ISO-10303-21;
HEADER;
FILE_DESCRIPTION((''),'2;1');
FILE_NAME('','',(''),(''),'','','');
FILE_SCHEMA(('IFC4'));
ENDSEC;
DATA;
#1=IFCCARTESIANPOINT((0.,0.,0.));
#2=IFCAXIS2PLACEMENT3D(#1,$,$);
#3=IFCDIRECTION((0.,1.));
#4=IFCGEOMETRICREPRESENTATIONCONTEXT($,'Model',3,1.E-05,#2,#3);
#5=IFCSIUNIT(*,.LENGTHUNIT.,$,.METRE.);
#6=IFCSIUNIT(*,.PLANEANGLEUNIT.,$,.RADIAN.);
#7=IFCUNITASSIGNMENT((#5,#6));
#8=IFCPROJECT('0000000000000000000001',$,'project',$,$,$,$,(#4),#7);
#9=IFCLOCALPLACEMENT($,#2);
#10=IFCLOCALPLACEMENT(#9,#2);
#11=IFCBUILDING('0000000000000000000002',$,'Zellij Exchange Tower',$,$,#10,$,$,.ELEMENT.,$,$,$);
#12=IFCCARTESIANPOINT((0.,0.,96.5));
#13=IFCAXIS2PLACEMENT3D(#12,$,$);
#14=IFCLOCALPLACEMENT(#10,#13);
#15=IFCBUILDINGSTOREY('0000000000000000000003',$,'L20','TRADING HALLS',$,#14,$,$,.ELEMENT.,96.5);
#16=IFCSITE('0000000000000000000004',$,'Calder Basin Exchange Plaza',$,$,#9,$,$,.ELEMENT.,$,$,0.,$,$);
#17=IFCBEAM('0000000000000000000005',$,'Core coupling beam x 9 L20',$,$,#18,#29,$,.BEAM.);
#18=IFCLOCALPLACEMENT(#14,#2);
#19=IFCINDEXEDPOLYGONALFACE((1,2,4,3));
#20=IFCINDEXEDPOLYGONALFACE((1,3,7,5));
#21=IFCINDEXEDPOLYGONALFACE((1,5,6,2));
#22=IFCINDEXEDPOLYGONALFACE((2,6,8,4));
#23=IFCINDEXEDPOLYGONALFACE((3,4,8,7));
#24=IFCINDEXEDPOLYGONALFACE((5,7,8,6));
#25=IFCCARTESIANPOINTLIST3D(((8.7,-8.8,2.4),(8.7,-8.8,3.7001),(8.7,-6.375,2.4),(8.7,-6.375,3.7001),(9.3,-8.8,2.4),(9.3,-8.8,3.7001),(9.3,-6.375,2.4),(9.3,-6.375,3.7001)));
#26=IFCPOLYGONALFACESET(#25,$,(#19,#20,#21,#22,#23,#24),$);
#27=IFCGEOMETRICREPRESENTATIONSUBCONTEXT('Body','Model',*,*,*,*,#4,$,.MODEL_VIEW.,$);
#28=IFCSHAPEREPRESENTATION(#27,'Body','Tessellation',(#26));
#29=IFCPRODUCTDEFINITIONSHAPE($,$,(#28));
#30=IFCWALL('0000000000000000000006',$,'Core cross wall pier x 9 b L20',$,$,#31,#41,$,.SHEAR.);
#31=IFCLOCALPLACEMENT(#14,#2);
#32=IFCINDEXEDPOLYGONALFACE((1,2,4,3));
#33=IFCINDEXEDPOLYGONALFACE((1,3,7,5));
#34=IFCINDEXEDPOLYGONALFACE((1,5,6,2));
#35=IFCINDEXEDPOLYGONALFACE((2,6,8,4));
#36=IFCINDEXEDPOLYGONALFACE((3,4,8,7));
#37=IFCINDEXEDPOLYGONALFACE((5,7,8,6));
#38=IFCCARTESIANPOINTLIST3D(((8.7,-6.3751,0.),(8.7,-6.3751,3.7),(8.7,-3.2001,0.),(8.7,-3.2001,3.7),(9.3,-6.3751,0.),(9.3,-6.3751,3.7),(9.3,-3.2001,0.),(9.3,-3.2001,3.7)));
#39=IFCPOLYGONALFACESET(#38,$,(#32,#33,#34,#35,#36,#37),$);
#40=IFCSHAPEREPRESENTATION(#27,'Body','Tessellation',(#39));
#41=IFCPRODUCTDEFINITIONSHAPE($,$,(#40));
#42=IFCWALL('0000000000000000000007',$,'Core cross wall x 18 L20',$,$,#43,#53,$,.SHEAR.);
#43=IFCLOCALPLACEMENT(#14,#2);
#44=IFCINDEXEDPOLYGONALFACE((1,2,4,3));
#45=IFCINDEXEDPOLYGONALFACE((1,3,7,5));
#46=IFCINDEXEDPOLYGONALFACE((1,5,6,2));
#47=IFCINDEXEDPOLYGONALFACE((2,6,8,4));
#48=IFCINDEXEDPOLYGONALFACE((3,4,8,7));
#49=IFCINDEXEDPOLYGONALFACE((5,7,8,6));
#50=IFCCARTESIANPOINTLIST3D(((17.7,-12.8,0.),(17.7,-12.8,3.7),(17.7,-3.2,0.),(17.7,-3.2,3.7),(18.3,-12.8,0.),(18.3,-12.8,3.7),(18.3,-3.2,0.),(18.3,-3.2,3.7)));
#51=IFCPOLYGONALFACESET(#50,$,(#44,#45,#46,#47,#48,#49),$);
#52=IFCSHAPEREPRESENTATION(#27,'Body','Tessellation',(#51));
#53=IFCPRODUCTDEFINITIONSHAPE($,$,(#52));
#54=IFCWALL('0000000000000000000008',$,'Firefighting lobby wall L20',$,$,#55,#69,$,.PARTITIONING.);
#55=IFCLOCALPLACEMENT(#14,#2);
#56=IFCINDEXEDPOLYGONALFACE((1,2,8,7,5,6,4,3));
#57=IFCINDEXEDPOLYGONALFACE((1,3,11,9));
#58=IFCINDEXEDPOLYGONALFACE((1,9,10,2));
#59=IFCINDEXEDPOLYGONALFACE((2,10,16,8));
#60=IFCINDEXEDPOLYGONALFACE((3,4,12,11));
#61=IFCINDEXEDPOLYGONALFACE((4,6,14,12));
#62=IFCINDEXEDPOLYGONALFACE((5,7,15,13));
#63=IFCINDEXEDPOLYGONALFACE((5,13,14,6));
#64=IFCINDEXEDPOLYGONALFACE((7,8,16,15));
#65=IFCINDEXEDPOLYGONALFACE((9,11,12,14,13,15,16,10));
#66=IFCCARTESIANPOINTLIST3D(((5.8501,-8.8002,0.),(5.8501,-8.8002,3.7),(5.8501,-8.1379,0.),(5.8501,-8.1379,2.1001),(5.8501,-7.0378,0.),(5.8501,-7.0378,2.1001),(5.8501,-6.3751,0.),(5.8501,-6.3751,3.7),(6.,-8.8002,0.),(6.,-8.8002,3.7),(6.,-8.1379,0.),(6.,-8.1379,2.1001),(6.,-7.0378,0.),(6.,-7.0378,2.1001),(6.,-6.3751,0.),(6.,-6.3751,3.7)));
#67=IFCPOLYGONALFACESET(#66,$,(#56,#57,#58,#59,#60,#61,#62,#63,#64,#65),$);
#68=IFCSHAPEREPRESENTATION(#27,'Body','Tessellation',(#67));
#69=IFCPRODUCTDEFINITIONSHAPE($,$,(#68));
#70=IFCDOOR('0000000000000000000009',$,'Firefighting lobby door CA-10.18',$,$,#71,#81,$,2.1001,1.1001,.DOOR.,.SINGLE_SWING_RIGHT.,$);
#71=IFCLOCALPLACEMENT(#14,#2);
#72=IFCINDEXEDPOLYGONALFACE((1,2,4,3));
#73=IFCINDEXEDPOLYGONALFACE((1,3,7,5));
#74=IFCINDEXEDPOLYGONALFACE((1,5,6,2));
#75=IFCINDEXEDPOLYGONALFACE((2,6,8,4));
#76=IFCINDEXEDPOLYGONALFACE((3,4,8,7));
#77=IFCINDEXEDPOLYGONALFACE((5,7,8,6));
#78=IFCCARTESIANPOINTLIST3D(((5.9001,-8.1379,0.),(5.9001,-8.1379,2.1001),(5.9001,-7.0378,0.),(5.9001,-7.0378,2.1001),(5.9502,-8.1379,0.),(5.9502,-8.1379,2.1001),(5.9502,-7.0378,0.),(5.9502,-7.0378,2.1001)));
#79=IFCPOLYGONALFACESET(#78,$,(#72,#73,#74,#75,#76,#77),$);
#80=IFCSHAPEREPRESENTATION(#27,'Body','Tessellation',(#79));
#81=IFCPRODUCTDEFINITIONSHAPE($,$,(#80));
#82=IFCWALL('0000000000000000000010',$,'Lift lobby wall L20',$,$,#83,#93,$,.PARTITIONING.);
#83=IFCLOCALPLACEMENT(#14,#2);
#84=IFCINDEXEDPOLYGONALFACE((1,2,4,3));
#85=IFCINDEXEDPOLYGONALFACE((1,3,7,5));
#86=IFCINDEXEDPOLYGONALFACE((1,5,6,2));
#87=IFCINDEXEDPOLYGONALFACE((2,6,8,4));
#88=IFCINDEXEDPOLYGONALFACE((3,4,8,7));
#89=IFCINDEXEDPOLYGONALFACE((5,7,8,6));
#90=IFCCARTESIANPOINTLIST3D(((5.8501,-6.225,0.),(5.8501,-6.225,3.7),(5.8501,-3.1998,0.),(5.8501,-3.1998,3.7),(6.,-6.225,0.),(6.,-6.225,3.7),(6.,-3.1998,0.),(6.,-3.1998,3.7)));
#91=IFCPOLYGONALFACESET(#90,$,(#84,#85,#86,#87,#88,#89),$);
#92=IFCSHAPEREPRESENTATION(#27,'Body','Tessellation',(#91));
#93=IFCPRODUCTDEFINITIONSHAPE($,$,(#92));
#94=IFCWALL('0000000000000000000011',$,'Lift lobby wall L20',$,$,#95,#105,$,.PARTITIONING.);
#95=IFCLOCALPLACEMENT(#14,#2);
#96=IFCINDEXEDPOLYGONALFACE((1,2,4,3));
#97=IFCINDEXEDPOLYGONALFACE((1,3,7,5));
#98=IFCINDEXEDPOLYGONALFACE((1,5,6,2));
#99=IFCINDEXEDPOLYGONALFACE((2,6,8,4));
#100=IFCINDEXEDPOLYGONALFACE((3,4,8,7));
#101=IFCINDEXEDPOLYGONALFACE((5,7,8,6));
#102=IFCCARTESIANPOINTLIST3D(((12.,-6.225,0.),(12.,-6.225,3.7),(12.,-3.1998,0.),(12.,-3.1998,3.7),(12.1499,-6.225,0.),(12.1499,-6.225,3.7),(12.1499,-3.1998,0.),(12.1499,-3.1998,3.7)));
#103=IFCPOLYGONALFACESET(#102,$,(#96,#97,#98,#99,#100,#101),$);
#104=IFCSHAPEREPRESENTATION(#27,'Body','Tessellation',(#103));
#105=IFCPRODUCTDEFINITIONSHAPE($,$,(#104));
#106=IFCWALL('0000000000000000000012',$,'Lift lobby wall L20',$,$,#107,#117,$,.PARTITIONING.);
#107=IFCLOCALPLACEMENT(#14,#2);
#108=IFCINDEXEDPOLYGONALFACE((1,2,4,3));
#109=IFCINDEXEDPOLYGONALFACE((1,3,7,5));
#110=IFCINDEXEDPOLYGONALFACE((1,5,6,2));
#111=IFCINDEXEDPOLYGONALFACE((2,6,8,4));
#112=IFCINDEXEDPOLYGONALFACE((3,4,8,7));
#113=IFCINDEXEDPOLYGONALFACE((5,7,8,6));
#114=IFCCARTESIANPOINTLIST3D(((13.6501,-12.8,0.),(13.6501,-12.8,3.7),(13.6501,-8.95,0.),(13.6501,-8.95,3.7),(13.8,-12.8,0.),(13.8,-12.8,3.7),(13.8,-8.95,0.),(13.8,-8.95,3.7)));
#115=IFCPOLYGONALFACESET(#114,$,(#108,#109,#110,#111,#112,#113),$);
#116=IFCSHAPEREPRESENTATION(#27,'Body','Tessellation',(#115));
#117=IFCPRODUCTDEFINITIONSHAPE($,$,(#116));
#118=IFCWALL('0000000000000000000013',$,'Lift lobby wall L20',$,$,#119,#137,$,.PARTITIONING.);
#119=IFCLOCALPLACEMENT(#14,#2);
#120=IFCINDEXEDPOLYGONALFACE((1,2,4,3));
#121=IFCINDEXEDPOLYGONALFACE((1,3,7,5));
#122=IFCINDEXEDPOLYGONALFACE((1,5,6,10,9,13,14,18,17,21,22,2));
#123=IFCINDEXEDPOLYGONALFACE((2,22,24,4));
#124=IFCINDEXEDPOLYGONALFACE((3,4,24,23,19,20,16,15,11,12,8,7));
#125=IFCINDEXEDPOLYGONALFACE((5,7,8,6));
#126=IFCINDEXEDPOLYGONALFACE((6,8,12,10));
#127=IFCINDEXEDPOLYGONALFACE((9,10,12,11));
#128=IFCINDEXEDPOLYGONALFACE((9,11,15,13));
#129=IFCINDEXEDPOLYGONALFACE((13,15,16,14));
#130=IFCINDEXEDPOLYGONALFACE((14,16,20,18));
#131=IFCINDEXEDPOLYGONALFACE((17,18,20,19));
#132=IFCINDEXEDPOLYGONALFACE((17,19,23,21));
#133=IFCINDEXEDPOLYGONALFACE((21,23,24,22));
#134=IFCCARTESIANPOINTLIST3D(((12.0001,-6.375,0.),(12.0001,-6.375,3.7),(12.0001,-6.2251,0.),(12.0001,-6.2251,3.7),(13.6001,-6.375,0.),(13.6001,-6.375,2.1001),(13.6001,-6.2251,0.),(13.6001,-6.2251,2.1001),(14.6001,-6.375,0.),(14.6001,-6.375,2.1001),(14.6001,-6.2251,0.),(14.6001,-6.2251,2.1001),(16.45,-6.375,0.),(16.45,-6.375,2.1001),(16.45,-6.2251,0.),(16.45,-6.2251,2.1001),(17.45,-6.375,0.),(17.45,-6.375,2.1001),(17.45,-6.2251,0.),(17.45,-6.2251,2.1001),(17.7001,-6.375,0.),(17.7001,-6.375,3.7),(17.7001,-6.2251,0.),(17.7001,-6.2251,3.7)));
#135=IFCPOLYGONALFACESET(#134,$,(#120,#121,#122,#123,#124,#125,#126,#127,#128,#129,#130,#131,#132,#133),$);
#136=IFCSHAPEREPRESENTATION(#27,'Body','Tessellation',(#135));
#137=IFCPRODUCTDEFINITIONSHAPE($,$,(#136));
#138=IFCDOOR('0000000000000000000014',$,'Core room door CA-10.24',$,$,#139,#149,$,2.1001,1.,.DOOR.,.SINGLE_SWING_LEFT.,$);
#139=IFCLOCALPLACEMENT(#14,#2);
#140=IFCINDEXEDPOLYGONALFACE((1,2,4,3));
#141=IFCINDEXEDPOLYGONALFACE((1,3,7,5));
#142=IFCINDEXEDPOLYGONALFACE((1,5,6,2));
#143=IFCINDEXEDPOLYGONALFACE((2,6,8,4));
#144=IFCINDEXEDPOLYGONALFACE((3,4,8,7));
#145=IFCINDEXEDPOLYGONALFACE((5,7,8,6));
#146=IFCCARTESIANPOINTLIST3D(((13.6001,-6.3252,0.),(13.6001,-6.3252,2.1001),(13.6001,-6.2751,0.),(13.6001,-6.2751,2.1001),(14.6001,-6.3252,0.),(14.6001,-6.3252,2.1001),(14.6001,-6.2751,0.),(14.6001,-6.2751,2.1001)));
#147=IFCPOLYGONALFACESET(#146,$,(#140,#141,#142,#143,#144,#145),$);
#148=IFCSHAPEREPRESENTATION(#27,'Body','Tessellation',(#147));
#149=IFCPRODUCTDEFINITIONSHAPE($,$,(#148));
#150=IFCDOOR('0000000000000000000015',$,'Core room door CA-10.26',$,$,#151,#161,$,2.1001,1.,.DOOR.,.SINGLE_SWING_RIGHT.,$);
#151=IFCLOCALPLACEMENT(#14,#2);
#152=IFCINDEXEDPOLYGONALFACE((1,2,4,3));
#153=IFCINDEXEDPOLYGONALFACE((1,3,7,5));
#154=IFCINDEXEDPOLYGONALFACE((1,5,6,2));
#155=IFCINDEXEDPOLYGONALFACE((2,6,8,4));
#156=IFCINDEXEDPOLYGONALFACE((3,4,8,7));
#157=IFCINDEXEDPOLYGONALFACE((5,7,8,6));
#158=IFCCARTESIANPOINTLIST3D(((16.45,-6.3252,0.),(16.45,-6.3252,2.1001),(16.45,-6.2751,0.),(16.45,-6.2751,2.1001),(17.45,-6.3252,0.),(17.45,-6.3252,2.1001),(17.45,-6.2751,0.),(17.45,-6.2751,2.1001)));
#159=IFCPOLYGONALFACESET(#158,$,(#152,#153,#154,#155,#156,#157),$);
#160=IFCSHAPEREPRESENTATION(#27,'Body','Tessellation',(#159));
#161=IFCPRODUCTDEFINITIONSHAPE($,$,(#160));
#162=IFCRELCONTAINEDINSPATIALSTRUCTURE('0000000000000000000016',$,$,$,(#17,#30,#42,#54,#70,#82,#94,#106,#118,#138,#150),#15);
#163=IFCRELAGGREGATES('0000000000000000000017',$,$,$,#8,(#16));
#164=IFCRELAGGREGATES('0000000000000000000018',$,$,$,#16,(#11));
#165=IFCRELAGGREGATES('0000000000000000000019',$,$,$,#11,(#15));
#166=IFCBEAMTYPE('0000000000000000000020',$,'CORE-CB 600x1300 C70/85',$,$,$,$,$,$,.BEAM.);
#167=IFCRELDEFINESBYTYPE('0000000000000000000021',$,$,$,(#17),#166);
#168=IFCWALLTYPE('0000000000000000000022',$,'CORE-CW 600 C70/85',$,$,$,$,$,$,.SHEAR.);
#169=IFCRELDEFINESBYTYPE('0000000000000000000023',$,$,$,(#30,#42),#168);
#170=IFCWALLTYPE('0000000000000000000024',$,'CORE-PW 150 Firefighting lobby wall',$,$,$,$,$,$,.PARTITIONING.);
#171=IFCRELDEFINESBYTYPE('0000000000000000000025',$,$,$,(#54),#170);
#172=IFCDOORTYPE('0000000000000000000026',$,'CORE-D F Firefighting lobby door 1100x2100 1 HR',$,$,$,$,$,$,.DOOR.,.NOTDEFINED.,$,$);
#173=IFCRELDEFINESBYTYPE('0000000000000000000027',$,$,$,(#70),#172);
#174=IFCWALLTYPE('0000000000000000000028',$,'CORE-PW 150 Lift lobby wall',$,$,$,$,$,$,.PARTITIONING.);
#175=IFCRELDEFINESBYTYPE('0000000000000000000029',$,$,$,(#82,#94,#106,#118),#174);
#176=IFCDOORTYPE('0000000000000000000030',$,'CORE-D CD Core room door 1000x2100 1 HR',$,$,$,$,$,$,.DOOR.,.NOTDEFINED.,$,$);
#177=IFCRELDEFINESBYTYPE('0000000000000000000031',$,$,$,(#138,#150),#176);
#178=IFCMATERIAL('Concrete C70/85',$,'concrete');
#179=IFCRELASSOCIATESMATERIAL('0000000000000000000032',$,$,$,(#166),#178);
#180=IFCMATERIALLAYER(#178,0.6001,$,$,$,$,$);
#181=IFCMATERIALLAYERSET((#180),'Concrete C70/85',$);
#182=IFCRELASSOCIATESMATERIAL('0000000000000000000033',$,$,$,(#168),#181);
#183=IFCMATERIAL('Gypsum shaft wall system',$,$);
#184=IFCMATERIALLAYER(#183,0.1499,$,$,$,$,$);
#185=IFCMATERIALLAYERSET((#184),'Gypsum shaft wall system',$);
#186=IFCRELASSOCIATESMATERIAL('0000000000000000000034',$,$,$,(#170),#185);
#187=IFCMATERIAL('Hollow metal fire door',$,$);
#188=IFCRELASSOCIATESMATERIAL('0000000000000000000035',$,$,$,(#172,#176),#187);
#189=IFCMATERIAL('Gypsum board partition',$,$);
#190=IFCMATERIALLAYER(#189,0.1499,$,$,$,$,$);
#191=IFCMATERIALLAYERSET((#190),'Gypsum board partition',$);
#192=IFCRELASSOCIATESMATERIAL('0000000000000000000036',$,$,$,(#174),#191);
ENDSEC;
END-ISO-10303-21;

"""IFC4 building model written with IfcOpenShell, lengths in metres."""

from ifc_helpers import new_model, si_unit, direction, frame, frame_2d, origin, origin_2d, place, context, subcontext, project, spatial, rectangle, extrude, material, layer, layer_set, material_profile, profile_set, type_object, element, fill, save


model = new_model("IFC4")

# Units and contexts
model_context = context("Model", 3, precision=1e-05, world=origin(), true_north=direction((0.0, 1.0)))
body_context = subcontext(model_context, "Body", "Model", "MODEL_VIEW")
ifc_project = project(units=[si_unit("LENGTHUNIT", "METRE"), si_unit("PLANEANGLEUNIT", "RADIAN")], contexts=[model_context])

# Site, building, storey
site_placement = place(None, origin())
site = spatial("IfcSite", under=ifc_project, at=site_placement, Name="Calder Basin Exchange Plaza", CompositionType="ELEMENT", RefElevation=0.0)
building_placement = place(site_placement, origin())
building = spatial("IfcBuilding", under=site, at=building_placement, Name="Zellij Exchange Tower", CompositionType="ELEMENT")
storey_placement = place(building_placement, frame((0.0, 0.0, 96.5)))
storey = spatial("IfcBuildingStorey", under=building, at=storey_placement, Name="L20", Description="TRADING HALLS", CompositionType="ELEMENT", Elevation=96.5)

# Beam
ifc_material_1 = material(Name="Concrete C70/85", Category="concrete")
ifc_material_profile = material_profile(ifc_material_1, rectangle(XDim=0.6001, YDim=1.3, at=origin_2d()), Name="CORE-CB 600x1300 C70/85")
ifc_profile_set = profile_set([ifc_material_profile], Name="Concrete C70/85")
beam_type = type_object("IfcBeamType", Name="CORE-CB 600x1300 C70/85", PredefinedType="BEAM", material=ifc_profile_set)
beam_placement = place(storey_placement, frame((9.0, -8.8, 3.05), z_axis=(0.0, 1.0, 0.0), x_axis=(-1.0, 0.0, 0.0)))
element("IfcBeam", 1, at=beam_placement, inside=storey, type_object=beam_type, Name="Core coupling beam x 9 L20", PredefinedType="BEAM", context=body_context, shape_type="SweptSolid", body=[
    extrude(rectangle(XDim=0.6001, YDim=1.3, at=origin_2d()), origin(), (0.0, 0.0, 1.0), 2.425),
])

# Walls
ifc_layer_1 = layer(ifc_material_1, 0.6001)
ifc_layer_set_1 = layer_set([ifc_layer_1], Name="Concrete C70/85")
wall_type_1 = type_object("IfcWallType", Name="CORE-CW 600 C70/85", PredefinedType="SHEAR", material=ifc_layer_set_1)
wall_1_placement = place(storey_placement, frame((9.0, -6.375, 0.0), z_axis=(0.0, 0.0, 1.0), x_axis=(0.0, 1.0, 0.0)))
element("IfcWall", 2, at=wall_1_placement, inside=storey, type_object=wall_type_1, Name="Core cross wall pier x 9 b L20", PredefinedType="SHEAR", context=body_context, shape_type="SweptSolid", body=[
    extrude(rectangle(XDim=3.175, YDim=0.6001, at=frame_2d((1.5874, 0.0))), origin(), (0.0, 0.0, 1.0), 3.7),
])
wall_2_placement = place(storey_placement, frame((18.0, -12.8, 0.0), z_axis=(0.0, 0.0, 1.0), x_axis=(0.0, 1.0, 0.0)))
element("IfcWall", 3, at=wall_2_placement, inside=storey, type_object=wall_type_1, Name="Core cross wall x 18 L20", PredefinedType="SHEAR", context=body_context, shape_type="SweptSolid", body=[
    extrude(rectangle(XDim=9.6001, YDim=0.6001, at=frame_2d((4.8, 0.0))), origin(), (0.0, 0.0, 1.0), 3.7),
])

# Wall, opening, door
ifc_material_2 = material(Name="Gypsum shaft wall system")
ifc_layer_2 = layer(ifc_material_2, 0.1499)
ifc_layer_set_2 = layer_set([ifc_layer_2], Name="Gypsum shaft wall system")
wall_type_2 = type_object("IfcWallType", Name="CORE-PW 150 Firefighting lobby wall", PredefinedType="PARTITIONING", material=ifc_layer_set_2)
wall_3_placement = place(storey_placement, frame((5.925, -8.8, 0.0), z_axis=(0.0, 0.0, 1.0), x_axis=(0.0, 1.0, 0.0)))
wall_3 = element("IfcWall", 4, at=wall_3_placement, inside=storey, type_object=wall_type_2, Name="Firefighting lobby wall L20", PredefinedType="PARTITIONING", context=body_context, shape_type="SweptSolid", body=[
    extrude(rectangle(XDim=2.425, YDim=0.1499, at=frame_2d((1.2124, 0.0))), origin(), (0.0, 0.0, 1.0), 3.7),
])
opening_1_placement = place(wall_3_placement, frame((0.6621, 0.0, 0.0)))
opening_1 = element("IfcOpeningElement", 5, at=opening_1_placement, cuts=wall_3, PredefinedType="OPENING", context=body_context, shape_type="SweptSolid", body=[
    extrude(rectangle(XDim=1.1001, YDim=2.1001, at=frame_2d((0.55, 1.05))), frame((0.0, 0.0869, 0.0), z_axis=(0.0, -1.0, 0.0), x_axis=(1.0, 0.0, 0.0)), (0.0, 0.0, 1.0), 0.1738),
])
ifc_material_3 = material(Name="Hollow metal fire door")
door_type_1 = type_object("IfcDoorType", Name="CORE-D F Firefighting lobby door 1100x2100 1 HR", OperationType="NOTDEFINED", PredefinedType="DOOR", material=ifc_material_3)
door_1_placement = place(opening_1_placement, origin())
door_1 = element("IfcDoor", 6, at=door_1_placement, inside=storey, type_object=door_type_1, Name="Firefighting lobby door CA-10.18", OperationType="SINGLE_SWING_RIGHT", OverallHeight=2.1001, OverallWidth=1.1001, PredefinedType="DOOR", context=body_context, shape_type="SweptSolid", body=[
    extrude(rectangle(XDim=1.1001, YDim=2.1001, at=frame_2d((0.55, 1.05))), frame((0.0, 0.0249, 0.0), z_axis=(0.0, -1.0, 0.0), x_axis=(1.0, 0.0, 0.0)), (0.0, 0.0, 1.0), 0.05),
])
fill(opening_1, door_1)

# Walls
ifc_material_4 = material(Name="Gypsum board partition")
ifc_layer_3 = layer(ifc_material_4, 0.1499)
ifc_layer_set_3 = layer_set([ifc_layer_3], Name="Gypsum board partition")
wall_type_3 = type_object("IfcWallType", Name="CORE-PW 150 Lift lobby wall", PredefinedType="PARTITIONING", material=ifc_layer_set_3)
for number, where, z_axis, x_axis, name in (
    (7, (5.925, -6.2251, 0.0), (0.0, 0.0, 1.0), (0.0, 1.0, 0.0), "Lift lobby wall L20"),
    (8, (12.075, -6.2251, 0.0), (0.0, 0.0, 1.0), (0.0, 1.0, 0.0), "Lift lobby wall L20"),
):
    element("IfcWall", number, at=place(storey_placement, frame(where, z_axis=z_axis, x_axis=x_axis)), inside=storey, type_object=wall_type_3, Name=name, PredefinedType="PARTITIONING", context=body_context, shape_type="SweptSolid", body=[
        extrude(rectangle(XDim=3.0251, YDim=0.1499, at=frame_2d((1.5127, 0.0))), origin(), (0.0, 0.0, 1.0), 3.7),
    ])
wall_4_placement = place(storey_placement, frame((13.7251, -12.8, 0.0), z_axis=(0.0, 0.0, 1.0), x_axis=(0.0, 1.0, 0.0)))
element("IfcWall", 9, at=wall_4_placement, inside=storey, type_object=wall_type_3, Name="Lift lobby wall L20", PredefinedType="PARTITIONING", context=body_context, shape_type="SweptSolid", body=[
    extrude(rectangle(XDim=3.8501, YDim=0.1499, at=frame_2d((1.925, 0.0))), origin(), (0.0, 0.0, 1.0), 3.7),
])

# Wall, openings, doors
wall_5_placement = place(storey_placement, frame((12.0, -6.3, 0.0), z_axis=(0.0, 0.0, 1.0), x_axis=(1.0, 0.0, 0.0)))
wall_5 = element("IfcWall", 10, at=wall_5_placement, inside=storey, type_object=wall_type_3, Name="Lift lobby wall L20", PredefinedType="PARTITIONING", context=body_context, shape_type="SweptSolid", body=[
    extrude(rectangle(XDim=5.7, YDim=0.1499, at=frame_2d((2.8501, 0.0))), origin(), (0.0, 0.0, 1.0), 3.7),
])
opening_2_placement = place(wall_5_placement, frame((1.6001, 0.0, 0.0)))
opening_2 = element("IfcOpeningElement", 11, at=opening_2_placement, cuts=wall_5, PredefinedType="OPENING", context=body_context, shape_type="SweptSolid", body=[
    extrude(rectangle(XDim=1.0, YDim=2.1001, at=frame_2d((0.5, 1.05))), frame((0.0, 0.0869, 0.0), z_axis=(0.0, -1.0, 0.0), x_axis=(1.0, 0.0, 0.0)), (0.0, 0.0, 1.0), 0.1738),
])
opening_3_placement = place(wall_5_placement, frame((4.45, 0.0, 0.0)))
opening_3 = element("IfcOpeningElement", 12, at=opening_3_placement, cuts=wall_5, PredefinedType="OPENING", context=body_context, shape_type="SweptSolid", body=[
    extrude(rectangle(XDim=1.0, YDim=2.1001, at=frame_2d((0.5, 1.05))), frame((0.0, 0.0869, 0.0), z_axis=(0.0, -1.0, 0.0), x_axis=(1.0, 0.0, 0.0)), (0.0, 0.0, 1.0), 0.1738),
])
door_type_2 = type_object("IfcDoorType", Name="CORE-D CD Core room door 1000x2100 1 HR", OperationType="NOTDEFINED", PredefinedType="DOOR", material=ifc_material_3)
door_2_placement = place(opening_2_placement, origin())
door_2 = element("IfcDoor", 13, at=door_2_placement, inside=storey, type_object=door_type_2, Name="Core room door CA-10.24", OperationType="SINGLE_SWING_LEFT", OverallHeight=2.1001, OverallWidth=1.0, PredefinedType="DOOR", context=body_context, shape_type="SweptSolid", body=[
    extrude(rectangle(XDim=1.0, YDim=2.1001, at=frame_2d((0.5, 1.05))), frame((0.0, 0.0249, 0.0), z_axis=(0.0, -1.0, 0.0), x_axis=(1.0, 0.0, 0.0)), (0.0, 0.0, 1.0), 0.05),
])
fill(opening_2, door_2)
door_3_placement = place(opening_3_placement, origin())
door_3 = element("IfcDoor", 14, at=door_3_placement, inside=storey, type_object=door_type_2, Name="Core room door CA-10.26", OperationType="SINGLE_SWING_RIGHT", OverallHeight=2.1001, OverallWidth=1.0, PredefinedType="DOOR", context=body_context, shape_type="SweptSolid", body=[
    extrude(rectangle(XDim=1.0, YDim=2.1001, at=frame_2d((0.5, 1.05))), frame((0.0, 0.0249, 0.0), z_axis=(0.0, -1.0, 0.0), x_axis=(1.0, 0.0, 0.0)), (0.0, 0.0, 1.0), 0.05),
])
fill(opening_3, door_3)

save(model, "model.ifc")
